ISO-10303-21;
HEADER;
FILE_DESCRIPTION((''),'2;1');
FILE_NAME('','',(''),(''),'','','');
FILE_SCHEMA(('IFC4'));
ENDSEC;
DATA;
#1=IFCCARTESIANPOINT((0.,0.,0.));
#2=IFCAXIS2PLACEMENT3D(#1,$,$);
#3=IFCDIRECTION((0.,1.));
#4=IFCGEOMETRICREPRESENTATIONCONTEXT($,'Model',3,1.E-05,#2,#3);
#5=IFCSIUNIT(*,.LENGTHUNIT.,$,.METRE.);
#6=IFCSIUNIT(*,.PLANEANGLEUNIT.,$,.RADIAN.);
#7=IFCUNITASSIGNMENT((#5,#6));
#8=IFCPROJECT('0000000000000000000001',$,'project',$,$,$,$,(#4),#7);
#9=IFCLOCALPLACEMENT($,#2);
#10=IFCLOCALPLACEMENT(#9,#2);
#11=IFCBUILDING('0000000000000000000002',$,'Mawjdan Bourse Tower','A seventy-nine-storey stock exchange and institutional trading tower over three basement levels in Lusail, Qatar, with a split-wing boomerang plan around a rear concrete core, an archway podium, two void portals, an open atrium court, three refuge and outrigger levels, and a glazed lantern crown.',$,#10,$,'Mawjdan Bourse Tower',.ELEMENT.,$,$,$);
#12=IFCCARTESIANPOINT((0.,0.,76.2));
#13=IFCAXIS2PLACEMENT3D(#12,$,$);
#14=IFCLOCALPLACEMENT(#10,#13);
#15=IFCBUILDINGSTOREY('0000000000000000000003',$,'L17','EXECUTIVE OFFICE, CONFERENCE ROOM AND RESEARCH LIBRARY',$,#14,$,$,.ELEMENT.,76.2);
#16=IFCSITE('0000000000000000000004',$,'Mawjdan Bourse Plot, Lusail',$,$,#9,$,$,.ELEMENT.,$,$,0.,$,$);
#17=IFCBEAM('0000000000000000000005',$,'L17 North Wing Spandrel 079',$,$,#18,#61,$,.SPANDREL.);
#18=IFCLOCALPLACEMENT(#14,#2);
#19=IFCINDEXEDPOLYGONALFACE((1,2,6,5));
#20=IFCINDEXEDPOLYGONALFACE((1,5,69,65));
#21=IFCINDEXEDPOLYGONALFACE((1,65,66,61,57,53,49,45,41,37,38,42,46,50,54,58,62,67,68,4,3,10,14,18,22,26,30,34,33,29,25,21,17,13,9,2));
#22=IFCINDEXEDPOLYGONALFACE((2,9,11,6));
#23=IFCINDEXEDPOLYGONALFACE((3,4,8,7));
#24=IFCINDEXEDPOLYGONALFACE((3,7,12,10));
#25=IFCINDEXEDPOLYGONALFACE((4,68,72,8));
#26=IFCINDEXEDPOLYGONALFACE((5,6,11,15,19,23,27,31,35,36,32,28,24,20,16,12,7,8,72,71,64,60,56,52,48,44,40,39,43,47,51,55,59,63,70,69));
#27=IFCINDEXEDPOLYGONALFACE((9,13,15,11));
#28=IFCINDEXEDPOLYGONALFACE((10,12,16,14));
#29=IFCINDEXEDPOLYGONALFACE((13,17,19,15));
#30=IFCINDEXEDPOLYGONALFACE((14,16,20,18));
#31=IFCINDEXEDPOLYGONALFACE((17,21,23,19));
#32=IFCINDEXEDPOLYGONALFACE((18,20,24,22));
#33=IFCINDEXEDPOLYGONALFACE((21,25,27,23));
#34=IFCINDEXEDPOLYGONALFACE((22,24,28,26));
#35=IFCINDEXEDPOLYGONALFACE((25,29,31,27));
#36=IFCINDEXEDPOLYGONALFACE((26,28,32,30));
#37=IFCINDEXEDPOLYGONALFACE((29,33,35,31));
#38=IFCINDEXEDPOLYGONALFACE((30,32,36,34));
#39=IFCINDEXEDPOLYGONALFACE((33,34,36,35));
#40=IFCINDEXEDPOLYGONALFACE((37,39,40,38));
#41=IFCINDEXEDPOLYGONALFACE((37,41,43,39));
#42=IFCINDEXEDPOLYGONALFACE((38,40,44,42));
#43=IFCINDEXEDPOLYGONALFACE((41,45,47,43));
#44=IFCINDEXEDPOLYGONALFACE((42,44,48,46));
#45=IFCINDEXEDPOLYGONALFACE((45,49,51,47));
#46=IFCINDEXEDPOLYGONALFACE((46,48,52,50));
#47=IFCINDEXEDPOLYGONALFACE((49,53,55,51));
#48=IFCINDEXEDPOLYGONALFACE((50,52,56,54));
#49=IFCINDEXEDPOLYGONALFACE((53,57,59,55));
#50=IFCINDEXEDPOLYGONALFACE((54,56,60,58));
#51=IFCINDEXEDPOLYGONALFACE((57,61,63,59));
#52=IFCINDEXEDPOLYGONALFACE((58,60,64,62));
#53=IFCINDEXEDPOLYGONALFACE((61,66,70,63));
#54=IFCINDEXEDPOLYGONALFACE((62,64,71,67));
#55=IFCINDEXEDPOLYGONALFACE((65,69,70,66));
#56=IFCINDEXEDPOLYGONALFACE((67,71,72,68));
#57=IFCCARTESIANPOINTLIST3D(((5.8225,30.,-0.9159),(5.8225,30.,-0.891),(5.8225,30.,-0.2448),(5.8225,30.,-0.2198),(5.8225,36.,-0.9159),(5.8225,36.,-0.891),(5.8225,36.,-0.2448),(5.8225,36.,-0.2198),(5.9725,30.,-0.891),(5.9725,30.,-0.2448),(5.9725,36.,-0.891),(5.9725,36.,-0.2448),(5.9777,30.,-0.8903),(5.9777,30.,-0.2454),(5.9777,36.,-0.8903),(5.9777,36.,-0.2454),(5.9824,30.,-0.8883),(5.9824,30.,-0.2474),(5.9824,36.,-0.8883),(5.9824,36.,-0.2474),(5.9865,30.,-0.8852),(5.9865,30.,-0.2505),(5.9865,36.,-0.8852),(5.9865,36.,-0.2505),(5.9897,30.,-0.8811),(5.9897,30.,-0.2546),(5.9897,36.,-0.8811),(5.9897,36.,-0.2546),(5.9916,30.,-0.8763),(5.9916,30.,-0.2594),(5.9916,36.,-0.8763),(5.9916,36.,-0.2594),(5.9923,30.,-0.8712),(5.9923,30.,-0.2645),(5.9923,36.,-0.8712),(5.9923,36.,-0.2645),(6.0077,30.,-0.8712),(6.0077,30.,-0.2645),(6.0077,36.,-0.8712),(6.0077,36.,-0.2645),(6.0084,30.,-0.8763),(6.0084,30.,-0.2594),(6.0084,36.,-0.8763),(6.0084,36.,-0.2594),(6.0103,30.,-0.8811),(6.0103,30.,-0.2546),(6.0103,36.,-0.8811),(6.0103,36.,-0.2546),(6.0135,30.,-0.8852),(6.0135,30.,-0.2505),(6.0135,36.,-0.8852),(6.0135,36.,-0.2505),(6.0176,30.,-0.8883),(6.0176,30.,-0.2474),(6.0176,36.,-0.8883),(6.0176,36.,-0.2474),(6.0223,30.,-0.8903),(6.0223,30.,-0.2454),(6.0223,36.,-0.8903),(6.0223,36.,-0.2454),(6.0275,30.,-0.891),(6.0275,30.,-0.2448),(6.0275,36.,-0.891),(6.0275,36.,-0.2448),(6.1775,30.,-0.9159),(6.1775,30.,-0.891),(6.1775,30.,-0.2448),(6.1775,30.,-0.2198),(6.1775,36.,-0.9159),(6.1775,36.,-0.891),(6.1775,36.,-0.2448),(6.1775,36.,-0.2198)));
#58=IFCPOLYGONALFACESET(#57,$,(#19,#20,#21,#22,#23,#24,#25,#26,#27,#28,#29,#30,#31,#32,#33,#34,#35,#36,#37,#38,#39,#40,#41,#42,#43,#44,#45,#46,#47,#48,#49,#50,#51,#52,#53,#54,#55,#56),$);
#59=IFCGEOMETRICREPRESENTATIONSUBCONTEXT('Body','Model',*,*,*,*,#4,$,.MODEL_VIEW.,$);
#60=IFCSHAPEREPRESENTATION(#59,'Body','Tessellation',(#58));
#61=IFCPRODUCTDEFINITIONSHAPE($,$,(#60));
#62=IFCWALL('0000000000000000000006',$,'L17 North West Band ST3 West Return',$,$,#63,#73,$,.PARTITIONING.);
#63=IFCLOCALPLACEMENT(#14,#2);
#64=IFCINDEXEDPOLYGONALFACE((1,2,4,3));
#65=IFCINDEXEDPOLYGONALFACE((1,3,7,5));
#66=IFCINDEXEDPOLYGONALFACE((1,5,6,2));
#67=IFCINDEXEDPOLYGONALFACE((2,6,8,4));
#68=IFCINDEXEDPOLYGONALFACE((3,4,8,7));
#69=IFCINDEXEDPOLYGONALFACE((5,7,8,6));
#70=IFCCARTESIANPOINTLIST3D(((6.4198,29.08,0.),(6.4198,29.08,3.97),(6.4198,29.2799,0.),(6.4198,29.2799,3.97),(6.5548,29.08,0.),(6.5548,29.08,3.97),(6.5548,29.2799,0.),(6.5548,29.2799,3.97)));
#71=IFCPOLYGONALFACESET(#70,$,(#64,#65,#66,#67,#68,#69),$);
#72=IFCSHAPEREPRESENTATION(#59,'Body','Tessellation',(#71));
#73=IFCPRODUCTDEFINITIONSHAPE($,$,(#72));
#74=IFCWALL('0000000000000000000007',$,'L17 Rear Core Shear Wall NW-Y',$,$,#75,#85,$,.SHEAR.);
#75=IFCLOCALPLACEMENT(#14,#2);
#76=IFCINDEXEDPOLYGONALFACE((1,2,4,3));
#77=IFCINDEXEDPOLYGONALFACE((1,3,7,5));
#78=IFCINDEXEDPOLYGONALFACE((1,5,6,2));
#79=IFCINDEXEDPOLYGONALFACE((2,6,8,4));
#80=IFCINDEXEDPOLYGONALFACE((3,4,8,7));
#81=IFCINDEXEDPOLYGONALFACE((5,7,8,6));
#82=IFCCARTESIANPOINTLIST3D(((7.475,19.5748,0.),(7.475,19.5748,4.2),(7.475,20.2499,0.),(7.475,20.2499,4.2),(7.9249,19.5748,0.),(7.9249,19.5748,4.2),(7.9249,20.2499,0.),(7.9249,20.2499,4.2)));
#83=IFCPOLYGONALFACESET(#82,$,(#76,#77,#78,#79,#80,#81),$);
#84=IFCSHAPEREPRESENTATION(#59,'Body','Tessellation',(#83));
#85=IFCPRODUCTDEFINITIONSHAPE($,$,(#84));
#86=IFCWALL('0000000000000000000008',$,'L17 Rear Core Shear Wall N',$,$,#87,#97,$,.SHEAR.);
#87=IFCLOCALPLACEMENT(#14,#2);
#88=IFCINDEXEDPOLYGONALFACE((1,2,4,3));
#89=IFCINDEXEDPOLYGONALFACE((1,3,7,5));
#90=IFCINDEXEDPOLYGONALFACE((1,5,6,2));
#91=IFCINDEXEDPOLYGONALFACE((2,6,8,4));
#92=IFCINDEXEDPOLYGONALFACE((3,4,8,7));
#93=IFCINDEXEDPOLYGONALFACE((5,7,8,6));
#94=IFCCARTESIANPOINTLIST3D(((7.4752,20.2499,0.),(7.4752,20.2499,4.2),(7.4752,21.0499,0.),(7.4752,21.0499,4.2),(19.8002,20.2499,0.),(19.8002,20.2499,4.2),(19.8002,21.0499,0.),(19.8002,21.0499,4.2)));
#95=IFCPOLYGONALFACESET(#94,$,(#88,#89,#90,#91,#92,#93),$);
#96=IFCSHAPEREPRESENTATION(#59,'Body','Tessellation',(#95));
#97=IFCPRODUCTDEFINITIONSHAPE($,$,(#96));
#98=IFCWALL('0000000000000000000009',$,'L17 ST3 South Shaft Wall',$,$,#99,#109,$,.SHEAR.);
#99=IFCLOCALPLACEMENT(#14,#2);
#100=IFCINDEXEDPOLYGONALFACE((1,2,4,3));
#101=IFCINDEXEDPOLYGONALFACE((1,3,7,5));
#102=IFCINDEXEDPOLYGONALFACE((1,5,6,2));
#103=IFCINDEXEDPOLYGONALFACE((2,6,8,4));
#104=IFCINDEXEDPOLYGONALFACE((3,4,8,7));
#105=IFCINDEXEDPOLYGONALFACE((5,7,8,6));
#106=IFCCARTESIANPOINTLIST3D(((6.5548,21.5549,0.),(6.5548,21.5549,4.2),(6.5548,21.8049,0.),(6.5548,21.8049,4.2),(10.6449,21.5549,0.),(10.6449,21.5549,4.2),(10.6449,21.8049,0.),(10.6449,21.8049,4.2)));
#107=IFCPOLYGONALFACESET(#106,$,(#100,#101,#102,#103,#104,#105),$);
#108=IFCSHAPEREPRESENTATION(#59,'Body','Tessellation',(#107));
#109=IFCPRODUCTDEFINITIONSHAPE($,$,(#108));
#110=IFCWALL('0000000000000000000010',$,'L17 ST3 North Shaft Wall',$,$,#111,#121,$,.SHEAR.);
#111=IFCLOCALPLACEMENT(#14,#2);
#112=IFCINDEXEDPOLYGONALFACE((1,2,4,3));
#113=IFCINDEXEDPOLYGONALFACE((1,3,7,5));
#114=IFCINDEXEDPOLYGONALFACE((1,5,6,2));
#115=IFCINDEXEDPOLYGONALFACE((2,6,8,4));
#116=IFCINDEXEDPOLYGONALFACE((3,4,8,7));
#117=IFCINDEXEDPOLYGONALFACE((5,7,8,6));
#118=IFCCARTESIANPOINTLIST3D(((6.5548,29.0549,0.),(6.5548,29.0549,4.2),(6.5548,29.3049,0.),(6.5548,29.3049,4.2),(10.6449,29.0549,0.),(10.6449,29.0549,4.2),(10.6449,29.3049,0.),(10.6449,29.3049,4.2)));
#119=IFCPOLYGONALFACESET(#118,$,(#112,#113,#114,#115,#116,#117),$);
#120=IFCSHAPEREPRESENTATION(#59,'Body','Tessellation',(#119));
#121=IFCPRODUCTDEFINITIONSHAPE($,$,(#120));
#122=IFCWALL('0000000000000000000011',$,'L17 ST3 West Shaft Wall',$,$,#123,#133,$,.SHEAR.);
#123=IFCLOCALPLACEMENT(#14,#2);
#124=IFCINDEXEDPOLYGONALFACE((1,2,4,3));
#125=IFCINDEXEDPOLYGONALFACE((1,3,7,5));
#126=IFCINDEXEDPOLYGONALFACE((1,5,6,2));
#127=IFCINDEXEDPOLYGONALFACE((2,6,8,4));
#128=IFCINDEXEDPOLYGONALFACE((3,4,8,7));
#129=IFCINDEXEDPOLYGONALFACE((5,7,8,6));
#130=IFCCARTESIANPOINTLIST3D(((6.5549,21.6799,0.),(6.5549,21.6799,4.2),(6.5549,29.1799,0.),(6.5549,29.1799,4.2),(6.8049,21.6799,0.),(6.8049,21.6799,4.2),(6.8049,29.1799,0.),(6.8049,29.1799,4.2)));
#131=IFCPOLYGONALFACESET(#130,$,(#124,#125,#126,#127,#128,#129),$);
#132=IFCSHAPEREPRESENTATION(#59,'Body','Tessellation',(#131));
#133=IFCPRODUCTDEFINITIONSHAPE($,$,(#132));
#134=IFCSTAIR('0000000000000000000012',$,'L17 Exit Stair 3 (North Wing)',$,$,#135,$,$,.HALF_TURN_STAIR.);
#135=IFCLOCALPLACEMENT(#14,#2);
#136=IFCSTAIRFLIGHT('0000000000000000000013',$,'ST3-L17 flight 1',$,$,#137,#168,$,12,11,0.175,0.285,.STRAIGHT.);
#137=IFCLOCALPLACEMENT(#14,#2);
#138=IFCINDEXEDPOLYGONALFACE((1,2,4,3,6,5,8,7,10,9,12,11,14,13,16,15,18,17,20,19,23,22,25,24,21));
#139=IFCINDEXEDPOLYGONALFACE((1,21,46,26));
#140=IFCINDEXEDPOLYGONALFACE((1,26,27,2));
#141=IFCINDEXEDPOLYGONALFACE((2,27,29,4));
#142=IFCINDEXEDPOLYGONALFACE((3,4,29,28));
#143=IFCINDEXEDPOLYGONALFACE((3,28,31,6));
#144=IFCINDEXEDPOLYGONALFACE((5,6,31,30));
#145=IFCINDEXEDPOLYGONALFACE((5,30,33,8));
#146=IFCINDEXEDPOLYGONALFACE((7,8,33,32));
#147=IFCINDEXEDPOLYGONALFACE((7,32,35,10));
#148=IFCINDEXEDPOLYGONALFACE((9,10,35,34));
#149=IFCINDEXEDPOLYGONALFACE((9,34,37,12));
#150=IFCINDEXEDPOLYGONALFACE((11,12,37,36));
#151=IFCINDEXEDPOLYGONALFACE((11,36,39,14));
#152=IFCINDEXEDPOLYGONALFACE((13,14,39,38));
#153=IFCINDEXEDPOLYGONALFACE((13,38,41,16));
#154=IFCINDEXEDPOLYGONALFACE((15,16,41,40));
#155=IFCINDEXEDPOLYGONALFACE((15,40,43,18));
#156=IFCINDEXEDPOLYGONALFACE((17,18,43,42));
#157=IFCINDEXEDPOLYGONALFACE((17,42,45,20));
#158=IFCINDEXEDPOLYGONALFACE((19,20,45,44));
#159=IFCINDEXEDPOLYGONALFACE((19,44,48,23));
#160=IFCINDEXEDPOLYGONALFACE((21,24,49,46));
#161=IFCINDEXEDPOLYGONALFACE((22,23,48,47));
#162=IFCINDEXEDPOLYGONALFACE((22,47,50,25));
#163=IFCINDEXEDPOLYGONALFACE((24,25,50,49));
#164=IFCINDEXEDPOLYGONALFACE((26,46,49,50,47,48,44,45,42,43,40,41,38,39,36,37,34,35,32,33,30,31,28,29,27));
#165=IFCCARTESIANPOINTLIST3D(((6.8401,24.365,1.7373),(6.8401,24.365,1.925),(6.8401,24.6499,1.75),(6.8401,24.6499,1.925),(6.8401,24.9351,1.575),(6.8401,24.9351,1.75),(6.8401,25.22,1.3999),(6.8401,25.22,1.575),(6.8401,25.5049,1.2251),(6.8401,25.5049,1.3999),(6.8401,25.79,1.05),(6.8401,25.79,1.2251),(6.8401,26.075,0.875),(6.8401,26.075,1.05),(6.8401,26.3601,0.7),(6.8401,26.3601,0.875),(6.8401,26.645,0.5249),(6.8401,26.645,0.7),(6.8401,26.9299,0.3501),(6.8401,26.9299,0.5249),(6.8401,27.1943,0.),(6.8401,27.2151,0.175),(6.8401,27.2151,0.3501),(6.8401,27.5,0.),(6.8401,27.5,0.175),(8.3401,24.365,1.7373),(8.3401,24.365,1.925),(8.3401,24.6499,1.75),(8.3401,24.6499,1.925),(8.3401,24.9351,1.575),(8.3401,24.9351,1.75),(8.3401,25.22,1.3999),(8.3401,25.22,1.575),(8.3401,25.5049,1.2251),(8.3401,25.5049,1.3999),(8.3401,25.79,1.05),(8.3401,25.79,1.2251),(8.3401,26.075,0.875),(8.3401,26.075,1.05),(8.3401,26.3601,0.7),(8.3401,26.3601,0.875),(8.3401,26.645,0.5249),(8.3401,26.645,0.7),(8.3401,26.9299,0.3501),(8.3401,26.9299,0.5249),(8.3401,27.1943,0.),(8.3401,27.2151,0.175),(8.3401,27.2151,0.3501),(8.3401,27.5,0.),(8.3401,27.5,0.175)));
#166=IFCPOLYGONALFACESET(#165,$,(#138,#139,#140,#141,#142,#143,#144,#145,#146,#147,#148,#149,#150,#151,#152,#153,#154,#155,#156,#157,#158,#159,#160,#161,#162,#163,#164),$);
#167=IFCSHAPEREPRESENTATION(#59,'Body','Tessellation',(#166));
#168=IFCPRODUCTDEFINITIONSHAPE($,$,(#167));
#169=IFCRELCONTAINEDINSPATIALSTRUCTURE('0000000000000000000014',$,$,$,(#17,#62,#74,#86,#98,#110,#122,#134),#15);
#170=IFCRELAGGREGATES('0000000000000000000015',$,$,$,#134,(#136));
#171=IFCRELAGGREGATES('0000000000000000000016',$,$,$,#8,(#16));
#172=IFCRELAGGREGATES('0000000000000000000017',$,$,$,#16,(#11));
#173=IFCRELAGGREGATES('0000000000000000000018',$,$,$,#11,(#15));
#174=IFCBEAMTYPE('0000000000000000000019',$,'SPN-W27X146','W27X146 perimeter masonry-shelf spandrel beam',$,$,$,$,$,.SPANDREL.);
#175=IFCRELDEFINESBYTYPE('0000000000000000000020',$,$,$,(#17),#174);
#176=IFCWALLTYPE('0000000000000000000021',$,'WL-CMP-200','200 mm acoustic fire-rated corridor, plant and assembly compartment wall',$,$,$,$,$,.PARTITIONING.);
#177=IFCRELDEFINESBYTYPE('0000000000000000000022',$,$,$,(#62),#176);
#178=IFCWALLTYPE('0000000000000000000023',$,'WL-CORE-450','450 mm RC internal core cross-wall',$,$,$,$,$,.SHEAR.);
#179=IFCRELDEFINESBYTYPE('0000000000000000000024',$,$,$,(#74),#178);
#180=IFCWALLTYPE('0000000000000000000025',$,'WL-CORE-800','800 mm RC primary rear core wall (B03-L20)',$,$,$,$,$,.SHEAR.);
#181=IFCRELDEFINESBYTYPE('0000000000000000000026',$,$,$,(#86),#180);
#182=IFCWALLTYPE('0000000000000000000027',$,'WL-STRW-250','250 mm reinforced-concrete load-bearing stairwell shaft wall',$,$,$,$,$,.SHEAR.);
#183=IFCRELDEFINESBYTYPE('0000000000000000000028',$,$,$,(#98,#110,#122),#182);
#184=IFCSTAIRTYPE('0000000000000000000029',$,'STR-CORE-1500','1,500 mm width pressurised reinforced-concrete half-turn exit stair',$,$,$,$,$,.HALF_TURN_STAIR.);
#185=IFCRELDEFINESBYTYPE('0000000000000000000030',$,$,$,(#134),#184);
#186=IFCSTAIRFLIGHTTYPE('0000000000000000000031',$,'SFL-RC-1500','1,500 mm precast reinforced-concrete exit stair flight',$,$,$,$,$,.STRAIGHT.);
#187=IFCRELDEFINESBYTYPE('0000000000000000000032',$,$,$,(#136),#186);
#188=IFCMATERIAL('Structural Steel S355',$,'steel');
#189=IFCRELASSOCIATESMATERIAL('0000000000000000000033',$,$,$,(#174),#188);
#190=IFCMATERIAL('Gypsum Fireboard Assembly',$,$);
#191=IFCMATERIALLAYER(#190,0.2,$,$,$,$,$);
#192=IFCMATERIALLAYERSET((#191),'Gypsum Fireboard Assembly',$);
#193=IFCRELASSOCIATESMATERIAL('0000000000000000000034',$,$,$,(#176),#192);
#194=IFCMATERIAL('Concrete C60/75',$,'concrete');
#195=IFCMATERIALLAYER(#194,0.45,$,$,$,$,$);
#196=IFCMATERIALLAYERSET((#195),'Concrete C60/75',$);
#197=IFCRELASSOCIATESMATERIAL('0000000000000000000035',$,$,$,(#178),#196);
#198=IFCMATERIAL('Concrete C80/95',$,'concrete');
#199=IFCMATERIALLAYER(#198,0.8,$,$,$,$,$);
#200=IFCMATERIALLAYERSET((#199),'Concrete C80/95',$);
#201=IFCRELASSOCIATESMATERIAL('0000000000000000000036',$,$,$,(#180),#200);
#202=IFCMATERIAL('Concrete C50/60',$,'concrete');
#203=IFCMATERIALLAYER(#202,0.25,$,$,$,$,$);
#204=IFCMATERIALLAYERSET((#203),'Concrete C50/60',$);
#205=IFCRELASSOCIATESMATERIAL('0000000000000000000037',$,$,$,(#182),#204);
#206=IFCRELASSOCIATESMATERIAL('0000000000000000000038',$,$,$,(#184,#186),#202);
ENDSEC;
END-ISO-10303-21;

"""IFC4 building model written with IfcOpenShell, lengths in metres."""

from ifc_helpers import new_model, si_unit, direction, frame, frame_2d, origin, origin_2d, place, context, subcontext, project, spatial, polyline, rectangle, i_section, outline, extrude, material, layer, layer_set, material_profile, profile_set, type_object, element, aggregate, save


model = new_model("IFC4")

# Units and contexts
model_context = context("Model", 3, precision=1e-05, world=origin(), true_north=direction((0.0, 1.0)))
body_context = subcontext(model_context, "Body", "Model", "MODEL_VIEW")
ifc_project = project(units=[si_unit("LENGTHUNIT", "METRE"), si_unit("PLANEANGLEUNIT", "RADIAN")], contexts=[model_context])

# Site, building, storey
site_placement = place(None, origin())
site = spatial("IfcSite", under=ifc_project, at=site_placement, Name="Mawjdan Bourse Plot, Lusail", CompositionType="ELEMENT", RefElevation=0.0)
building_placement = place(site_placement, origin())
building = spatial("IfcBuilding", under=site, at=building_placement, Name="Mawjdan Bourse Tower", Description="A seventy-nine-storey stock exchange and institutional trading tower over three basement levels in Lusail, Qatar, with a split-wing boomerang plan around a rear concrete core, an archway podium, two void portals, an open atrium court, three refuge and outrigger levels, and a glazed lantern crown.", LongName="Mawjdan Bourse Tower", CompositionType="ELEMENT")
storey_placement = place(building_placement, frame((0.0, 0.0, 76.2)))
storey = spatial("IfcBuildingStorey", under=building, at=storey_placement, Name="L17", Description="EXECUTIVE OFFICE, CONFERENCE ROOM AND RESEARCH LIBRARY", CompositionType="ELEMENT", Elevation=76.2)

# Shared definitions
ifc_material_1 = material(Name="Concrete C80/95", Category="concrete")

# Beam
ifc_material_2 = material(Name="Structural Steel S355", Category="steel")
ifc_material_profile_1 = material_profile(ifc_material_2, i_section(OverallWidth=0.355, OverallDepth=0.696, WebThickness=0.0154, FlangeThickness=0.0249, FilletRadius=0.0198, at=origin_2d()), Name="W27X146")
ifc_profile_set_1 = profile_set([ifc_material_profile_1], Name="Structural Steel S355")
beam_type_1 = type_object("IfcBeamType", Name="SPN-W27X146", Description="W27X146 perimeter masonry-shelf spandrel beam", PredefinedType="SPANDREL", material=ifc_profile_set_1)
for number, where, z_axis, x_axis, name in (
    (1, (6.0, 30.0, -0.5679), (0.0, 1.0, 0.0), (-1.0, 0.0, 0.0), "L17 North Wing Spandrel 079"),
):
    element("IfcBeam", number, at=place(storey_placement, frame(where, z_axis=z_axis, x_axis=x_axis)), inside=storey, type_object=beam_type_1, Name=name, PredefinedType="SPANDREL", context=body_context, shape_type="SweptSolid", body=[
        extrude(i_section(OverallWidth=0.355, OverallDepth=0.696, WebThickness=0.0154, FlangeThickness=0.0249, FilletRadius=0.0198, at=origin_2d()), origin(), (0.0, 0.0, 1.0), 6.0),
    ])

# Walls
ifc_material_3 = material(Name="Gypsum Fireboard Assembly")
ifc_layer_1 = layer(ifc_material_3, 0.2)
ifc_layer_set_1 = layer_set([ifc_layer_1], Name="Gypsum Fireboard Assembly")
wall_type_1 = type_object("IfcWallType", Name="WL-CMP-200", Description="200 mm acoustic fire-rated corridor, plant and assembly compartment wall", PredefinedType="PARTITIONING", material=ifc_layer_set_1)
wall_1_placement = place(storey_placement, frame((6.4199, 29.1799, 0.0), z_axis=(0.0, 0.0, 1.0), x_axis=(1.0, 0.0, 0.0)))
element("IfcWall", 2, at=wall_1_placement, inside=storey, type_object=wall_type_1, Name="L17 North West Band ST3 West Return", PredefinedType="PARTITIONING", context=body_context, shape_type="SweptSolid", body=[
    extrude(rectangle(XDim=0.135, YDim=0.2, at=frame_2d((0.0674, 0.0))), origin(), (0.0, 0.0, 1.0), 3.97),
])
ifc_material_4 = material(Name="Concrete C60/75", Category="concrete")
ifc_layer_2 = layer(ifc_material_4, 0.45)
ifc_layer_set_2 = layer_set([ifc_layer_2], Name="Concrete C60/75")
wall_type_2 = type_object("IfcWallType", Name="WL-CORE-450", Description="450 mm RC internal core cross-wall", PredefinedType="SHEAR", material=ifc_layer_set_2)
wall_2_placement = place(storey_placement, frame((7.7, 19.575, 0.0), z_axis=(0.0, 0.0, 1.0), x_axis=(0.0, 1.0, 0.0)))
element("IfcWall", 3, at=wall_2_placement, inside=storey, type_object=wall_type_2, Name="L17 Rear Core Shear Wall NW-Y", PredefinedType="SHEAR", context=body_context, shape_type="SweptSolid", body=[
    extrude(rectangle(XDim=0.675, YDim=0.45, at=frame_2d((0.3374, 0.0))), origin(), (0.0, 0.0, 1.0), 4.2),
])
ifc_layer_3 = layer(ifc_material_1, 0.8)
ifc_layer_set_3 = layer_set([ifc_layer_3], Name="Concrete C80/95")
wall_type_3 = type_object("IfcWallType", Name="WL-CORE-800", Description="800 mm RC primary rear core wall (B03-L20)", PredefinedType="SHEAR", material=ifc_layer_set_3)
wall_3_placement = place(storey_placement, frame((7.4751, 20.6499, 0.0), z_axis=(0.0, 0.0, 1.0), x_axis=(1.0, 0.0, 0.0)))
element("IfcWall", 4, at=wall_3_placement, inside=storey, type_object=wall_type_3, Name="L17 Rear Core Shear Wall N", PredefinedType="SHEAR", context=body_context, shape_type="SweptSolid", body=[
    extrude(rectangle(XDim=12.325, YDim=0.8, at=frame_2d((6.1626, 0.0))), origin(), (0.0, 0.0, 1.0), 4.2),
])
ifc_material_5 = material(Name="Concrete C50/60", Category="concrete")
ifc_layer_4 = layer(ifc_material_5, 0.25)
ifc_layer_set_4 = layer_set([ifc_layer_4], Name="Concrete C50/60")
wall_type_4 = type_object("IfcWallType", Name="WL-STRW-250", Description="250 mm reinforced-concrete load-bearing stairwell shaft wall", PredefinedType="SHEAR", material=ifc_layer_set_4)
for number, where, z_axis, x_axis, name in (
    (5, (6.5549, 21.6799, 0.0), (0.0, 0.0, 1.0), (1.0, 0.0, 0.0), "L17 ST3 South Shaft Wall"),
    (6, (6.5549, 29.1799, 0.0), (0.0, 0.0, 1.0), (1.0, 0.0, 0.0), "L17 ST3 North Shaft Wall"),
):
    element("IfcWall", number, at=place(storey_placement, frame(where, z_axis=z_axis, x_axis=x_axis)), inside=storey, type_object=wall_type_4, Name=name, PredefinedType="SHEAR", context=body_context, shape_type="SweptSolid", body=[
        extrude(rectangle(XDim=4.0901, YDim=0.25, at=frame_2d((2.0449, 0.0))), origin(), (0.0, 0.0, 1.0), 4.2),
    ])
wall_4_placement = place(storey_placement, frame((6.6799, 21.6799, 0.0), z_axis=(0.0, 0.0, 1.0), x_axis=(0.0, 1.0, 0.0)))
element("IfcWall", 7, at=wall_4_placement, inside=storey, type_object=wall_type_4, Name="L17 ST3 West Shaft Wall", PredefinedType="SHEAR", context=body_context, shape_type="SweptSolid", body=[
    extrude(rectangle(XDim=7.5, YDim=0.25, at=frame_2d((3.75, 0.0))), origin(), (0.0, 0.0, 1.0), 4.2),
])

# Stair, stair flight
stair_type = type_object("IfcStairType", Name="STR-CORE-1500", Description="1,500 mm width pressurised reinforced-concrete half-turn exit stair", PredefinedType="HALF_TURN_STAIR", material=ifc_material_5)
stair_placement = place(storey_placement, origin())
stair = element("IfcStair", 8, at=stair_placement, inside=storey, type_object=stair_type, Name="L17 Exit Stair 3 (North Wing)", PredefinedType="HALF_TURN_STAIR")
stair_flight_type = type_object("IfcStairFlightType", Name="SFL-RC-1500", Description="1,500 mm precast reinforced-concrete exit stair flight", PredefinedType="STRAIGHT", material=ifc_material_5)
stair_flight_1_placement = place(storey_placement, frame((7.5901, 27.5, 0.0), z_axis=(0.0, 0.0, 1.0), x_axis=(0.0, -1.0, 0.0)))
stair_flight_1 = element("IfcStairFlight", 9, at=stair_flight_1_placement, type_object=stair_flight_type, Name="ST3-L17 flight 1", NumberOfRisers=12, NumberOfTreads=11, PredefinedType="STRAIGHT", RiserHeight=0.175, TreadLength=0.285, context=body_context, shape_type="SweptSolid", body=[
    extrude(outline(polyline([(0.0, 0.0), (0.0, 0.175), (0.2849, 0.175), (0.2849, 0.3501), (0.5701, 0.3501), (0.5701, 0.5249), (0.855, 0.5249), (0.855, 0.7), (1.1399, 0.7), (1.1399, 0.875), (1.425, 0.875), (1.425, 1.05), (1.71, 1.05), (1.71, 1.2251), (1.9951, 1.2251), (1.9951, 1.3999), (2.28, 1.3999), (2.28, 1.575), (2.5649, 1.575), (2.5649, 1.75), (2.8501, 1.75), (2.8501, 1.925), (3.135, 1.925), (3.135, 2.1001), (3.135, 1.7373), (0.3057, 0.0), (0.0, 0.0)])), frame((0.0, 0.75, 0.0), z_axis=(0.0, -1.0, 0.0), x_axis=(1.0, 0.0, 0.0)), (0.0, 0.0, 1.0), 1.5),
])
aggregate(stair, [stair_flight_1])

save(model, "model.ifc")
